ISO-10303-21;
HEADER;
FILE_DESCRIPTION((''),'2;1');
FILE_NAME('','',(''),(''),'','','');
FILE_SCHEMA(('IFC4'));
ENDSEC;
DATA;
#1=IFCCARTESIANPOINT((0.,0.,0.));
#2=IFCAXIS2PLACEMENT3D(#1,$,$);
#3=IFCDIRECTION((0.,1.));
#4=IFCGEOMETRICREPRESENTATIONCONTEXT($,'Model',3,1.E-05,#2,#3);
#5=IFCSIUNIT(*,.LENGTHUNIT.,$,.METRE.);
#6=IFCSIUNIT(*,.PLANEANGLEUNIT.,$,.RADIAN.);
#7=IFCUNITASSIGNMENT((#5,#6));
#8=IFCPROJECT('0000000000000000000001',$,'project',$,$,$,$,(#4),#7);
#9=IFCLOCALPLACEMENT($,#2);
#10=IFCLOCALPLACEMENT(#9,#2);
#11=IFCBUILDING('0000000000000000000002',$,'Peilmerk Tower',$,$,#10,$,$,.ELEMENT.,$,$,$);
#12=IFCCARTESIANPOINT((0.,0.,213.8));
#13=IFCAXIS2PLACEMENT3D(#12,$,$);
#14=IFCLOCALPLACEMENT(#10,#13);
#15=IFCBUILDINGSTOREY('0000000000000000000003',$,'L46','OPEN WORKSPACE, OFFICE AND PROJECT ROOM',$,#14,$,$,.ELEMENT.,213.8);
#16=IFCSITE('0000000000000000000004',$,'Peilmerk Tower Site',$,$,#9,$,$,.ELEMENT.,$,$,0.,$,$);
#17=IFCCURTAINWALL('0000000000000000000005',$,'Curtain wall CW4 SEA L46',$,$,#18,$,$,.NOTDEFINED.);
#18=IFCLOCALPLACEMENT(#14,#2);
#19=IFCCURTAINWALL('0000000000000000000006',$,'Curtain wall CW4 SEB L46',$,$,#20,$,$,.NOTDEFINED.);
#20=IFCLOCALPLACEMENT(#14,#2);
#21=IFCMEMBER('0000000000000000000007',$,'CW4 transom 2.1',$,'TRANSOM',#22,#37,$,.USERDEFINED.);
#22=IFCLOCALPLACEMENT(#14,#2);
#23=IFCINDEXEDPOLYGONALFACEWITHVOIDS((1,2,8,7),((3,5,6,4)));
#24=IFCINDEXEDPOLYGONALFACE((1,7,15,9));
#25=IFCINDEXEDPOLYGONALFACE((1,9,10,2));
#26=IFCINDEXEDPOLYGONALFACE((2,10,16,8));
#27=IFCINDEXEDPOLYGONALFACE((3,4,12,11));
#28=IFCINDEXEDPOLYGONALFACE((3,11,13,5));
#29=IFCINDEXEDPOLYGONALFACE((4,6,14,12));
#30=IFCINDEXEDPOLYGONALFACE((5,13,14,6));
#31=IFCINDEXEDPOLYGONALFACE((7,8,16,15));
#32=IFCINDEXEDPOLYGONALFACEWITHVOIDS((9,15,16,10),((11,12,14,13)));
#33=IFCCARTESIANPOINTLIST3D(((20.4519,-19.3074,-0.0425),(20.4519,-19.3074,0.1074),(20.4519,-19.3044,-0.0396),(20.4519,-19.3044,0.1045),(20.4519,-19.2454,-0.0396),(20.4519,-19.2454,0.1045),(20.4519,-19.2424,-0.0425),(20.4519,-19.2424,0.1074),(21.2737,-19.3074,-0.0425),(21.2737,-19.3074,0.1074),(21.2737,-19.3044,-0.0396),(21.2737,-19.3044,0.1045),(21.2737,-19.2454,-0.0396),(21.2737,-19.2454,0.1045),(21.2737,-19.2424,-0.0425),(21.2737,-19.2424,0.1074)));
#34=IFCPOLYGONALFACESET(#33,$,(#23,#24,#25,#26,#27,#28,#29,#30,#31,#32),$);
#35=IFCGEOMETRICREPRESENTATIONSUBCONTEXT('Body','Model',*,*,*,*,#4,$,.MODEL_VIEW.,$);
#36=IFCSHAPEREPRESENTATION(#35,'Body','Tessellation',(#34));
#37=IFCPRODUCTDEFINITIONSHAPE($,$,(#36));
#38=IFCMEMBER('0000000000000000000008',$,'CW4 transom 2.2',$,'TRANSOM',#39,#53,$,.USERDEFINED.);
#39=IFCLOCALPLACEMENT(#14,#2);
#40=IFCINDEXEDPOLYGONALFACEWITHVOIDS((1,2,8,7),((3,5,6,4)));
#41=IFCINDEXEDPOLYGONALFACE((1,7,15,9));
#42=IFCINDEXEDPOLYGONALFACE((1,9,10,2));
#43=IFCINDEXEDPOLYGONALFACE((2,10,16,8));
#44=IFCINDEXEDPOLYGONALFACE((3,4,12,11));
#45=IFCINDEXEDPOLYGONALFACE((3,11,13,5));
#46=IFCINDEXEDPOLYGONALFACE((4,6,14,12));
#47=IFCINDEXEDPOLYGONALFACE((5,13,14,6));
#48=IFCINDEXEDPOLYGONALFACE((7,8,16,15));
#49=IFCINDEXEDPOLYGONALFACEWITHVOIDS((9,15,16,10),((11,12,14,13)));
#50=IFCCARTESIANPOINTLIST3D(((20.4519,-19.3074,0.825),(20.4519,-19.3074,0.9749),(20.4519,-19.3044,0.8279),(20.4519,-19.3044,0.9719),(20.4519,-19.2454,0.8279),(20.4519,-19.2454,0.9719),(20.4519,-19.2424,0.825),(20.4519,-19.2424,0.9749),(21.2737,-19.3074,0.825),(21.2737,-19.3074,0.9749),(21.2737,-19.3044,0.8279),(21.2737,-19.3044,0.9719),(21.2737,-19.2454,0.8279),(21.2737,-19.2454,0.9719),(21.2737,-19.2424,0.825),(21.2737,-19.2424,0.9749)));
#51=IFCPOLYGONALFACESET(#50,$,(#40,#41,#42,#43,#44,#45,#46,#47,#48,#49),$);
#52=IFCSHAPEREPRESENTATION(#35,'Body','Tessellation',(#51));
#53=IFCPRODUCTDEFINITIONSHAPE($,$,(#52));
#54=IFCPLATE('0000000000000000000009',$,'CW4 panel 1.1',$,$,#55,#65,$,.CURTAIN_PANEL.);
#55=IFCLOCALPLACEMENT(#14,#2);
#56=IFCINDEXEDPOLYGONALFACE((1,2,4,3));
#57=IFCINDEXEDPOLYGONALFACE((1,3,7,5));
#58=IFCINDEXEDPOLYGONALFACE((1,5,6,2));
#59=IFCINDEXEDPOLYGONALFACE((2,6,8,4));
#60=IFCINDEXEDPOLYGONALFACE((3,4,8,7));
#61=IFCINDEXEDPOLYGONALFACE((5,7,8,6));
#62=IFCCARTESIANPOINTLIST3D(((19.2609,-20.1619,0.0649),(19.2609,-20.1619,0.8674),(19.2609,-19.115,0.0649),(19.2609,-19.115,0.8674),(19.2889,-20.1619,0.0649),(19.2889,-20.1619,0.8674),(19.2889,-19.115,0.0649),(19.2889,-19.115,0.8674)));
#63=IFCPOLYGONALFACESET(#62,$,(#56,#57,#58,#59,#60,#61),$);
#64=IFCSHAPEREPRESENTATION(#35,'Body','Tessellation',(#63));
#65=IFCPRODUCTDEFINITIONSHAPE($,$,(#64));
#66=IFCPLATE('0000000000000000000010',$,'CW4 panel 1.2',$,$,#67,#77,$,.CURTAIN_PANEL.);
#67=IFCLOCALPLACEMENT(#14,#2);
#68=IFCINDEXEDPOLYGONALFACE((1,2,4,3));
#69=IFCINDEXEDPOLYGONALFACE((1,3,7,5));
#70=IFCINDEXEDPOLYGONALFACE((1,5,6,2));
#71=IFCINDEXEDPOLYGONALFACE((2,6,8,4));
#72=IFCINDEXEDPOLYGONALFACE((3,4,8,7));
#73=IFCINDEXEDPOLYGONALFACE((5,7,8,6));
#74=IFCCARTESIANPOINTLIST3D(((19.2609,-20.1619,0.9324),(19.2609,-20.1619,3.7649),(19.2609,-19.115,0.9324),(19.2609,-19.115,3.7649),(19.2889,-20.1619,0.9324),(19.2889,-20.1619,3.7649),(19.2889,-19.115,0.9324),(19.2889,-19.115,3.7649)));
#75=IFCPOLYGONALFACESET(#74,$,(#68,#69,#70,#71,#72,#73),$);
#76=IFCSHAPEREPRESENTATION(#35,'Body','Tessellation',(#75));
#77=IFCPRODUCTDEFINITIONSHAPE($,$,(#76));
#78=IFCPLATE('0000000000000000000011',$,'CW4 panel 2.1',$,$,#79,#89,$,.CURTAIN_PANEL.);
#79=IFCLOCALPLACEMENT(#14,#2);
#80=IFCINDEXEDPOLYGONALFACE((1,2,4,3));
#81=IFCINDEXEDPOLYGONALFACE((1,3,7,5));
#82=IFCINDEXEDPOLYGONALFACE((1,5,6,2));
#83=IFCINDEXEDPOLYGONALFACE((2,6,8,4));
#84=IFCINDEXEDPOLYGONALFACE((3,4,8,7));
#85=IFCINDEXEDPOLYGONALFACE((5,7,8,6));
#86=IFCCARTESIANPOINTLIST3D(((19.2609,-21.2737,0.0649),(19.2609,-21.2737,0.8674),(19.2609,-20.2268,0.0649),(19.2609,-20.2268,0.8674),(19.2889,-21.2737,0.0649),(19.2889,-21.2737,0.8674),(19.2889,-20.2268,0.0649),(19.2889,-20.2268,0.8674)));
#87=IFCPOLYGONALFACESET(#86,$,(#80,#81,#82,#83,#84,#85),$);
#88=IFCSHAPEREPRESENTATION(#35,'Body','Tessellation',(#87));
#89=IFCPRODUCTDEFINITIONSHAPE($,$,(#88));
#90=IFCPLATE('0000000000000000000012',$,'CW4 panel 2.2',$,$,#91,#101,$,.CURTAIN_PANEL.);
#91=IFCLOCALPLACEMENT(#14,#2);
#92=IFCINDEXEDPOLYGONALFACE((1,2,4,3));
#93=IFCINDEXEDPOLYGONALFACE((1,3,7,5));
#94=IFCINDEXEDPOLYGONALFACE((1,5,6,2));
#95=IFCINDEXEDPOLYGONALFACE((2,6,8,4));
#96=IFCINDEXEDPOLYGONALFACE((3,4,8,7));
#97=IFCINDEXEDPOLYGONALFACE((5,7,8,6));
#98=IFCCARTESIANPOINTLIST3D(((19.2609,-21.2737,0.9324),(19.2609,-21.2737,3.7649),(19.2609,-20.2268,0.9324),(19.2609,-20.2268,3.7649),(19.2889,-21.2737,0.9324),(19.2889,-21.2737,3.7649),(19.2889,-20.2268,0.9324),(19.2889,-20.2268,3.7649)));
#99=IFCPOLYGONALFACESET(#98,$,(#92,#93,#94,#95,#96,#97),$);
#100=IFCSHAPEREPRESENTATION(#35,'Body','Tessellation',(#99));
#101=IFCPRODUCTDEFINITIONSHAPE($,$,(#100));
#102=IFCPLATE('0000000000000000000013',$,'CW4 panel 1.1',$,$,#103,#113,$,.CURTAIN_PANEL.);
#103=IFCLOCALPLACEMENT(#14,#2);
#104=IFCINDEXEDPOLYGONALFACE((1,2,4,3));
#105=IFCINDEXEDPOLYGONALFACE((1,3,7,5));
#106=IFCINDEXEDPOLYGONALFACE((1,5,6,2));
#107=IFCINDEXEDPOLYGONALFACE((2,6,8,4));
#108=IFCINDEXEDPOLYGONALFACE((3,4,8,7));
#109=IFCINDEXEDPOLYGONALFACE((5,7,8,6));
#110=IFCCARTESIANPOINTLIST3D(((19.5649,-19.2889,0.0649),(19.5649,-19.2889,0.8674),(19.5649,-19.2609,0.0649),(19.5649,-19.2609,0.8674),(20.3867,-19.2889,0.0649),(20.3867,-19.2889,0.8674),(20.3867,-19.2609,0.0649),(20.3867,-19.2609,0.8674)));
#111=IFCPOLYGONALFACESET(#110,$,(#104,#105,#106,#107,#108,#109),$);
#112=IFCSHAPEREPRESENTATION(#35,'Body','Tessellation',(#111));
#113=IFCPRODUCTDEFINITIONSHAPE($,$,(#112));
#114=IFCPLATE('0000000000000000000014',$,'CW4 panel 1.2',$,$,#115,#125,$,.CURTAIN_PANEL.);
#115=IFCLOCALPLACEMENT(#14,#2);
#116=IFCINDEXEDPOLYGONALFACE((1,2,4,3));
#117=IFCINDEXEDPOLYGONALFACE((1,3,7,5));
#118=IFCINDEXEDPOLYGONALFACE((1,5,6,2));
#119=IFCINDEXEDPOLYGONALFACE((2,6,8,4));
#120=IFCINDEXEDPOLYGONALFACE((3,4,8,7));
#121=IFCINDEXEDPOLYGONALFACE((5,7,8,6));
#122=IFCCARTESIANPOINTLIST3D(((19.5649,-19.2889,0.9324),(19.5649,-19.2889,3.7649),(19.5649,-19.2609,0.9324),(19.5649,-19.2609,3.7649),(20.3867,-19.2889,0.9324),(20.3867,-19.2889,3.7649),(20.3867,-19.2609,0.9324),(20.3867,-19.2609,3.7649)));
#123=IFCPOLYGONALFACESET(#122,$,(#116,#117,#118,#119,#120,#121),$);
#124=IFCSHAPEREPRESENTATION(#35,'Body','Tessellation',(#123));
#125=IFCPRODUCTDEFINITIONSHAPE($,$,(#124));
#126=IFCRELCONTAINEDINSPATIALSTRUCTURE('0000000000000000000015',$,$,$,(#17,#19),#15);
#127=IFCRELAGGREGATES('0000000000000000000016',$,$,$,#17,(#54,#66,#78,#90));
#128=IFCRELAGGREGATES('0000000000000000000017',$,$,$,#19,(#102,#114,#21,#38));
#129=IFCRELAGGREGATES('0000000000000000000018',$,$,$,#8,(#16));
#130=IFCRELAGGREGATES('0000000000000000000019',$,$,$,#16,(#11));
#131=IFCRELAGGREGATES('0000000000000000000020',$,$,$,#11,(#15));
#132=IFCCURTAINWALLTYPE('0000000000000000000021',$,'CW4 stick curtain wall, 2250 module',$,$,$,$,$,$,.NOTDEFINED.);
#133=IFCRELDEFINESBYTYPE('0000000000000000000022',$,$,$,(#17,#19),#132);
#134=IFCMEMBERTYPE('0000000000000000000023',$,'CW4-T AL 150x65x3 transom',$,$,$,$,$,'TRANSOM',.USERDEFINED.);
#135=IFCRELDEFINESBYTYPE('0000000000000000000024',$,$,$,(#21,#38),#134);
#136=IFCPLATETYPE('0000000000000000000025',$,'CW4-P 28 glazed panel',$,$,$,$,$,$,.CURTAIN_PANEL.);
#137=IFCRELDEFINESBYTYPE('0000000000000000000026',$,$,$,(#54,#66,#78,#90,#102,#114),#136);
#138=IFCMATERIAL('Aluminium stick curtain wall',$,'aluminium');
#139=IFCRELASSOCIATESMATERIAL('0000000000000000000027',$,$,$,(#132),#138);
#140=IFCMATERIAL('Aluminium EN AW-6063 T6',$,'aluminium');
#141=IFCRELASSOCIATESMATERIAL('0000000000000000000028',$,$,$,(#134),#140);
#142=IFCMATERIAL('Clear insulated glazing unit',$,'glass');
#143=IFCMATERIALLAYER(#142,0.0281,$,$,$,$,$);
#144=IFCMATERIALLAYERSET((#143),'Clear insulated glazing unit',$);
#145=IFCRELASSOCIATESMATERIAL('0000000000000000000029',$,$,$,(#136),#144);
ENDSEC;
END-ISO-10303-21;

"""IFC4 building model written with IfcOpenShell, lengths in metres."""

from ifc_helpers import new_model, si_unit, direction, frame, origin, origin_2d, place, context, subcontext, project, spatial, rectangle, hollow_rectangle, extrude, material, layer, layer_set, material_profile, profile_set, type_object, element, aggregate, save


model = new_model("IFC4")

# Units and contexts
model_context = context("Model", 3, precision=1e-05, world=origin(), true_north=direction((0.0, 1.0)))
body_context = subcontext(model_context, "Body", "Model", "MODEL_VIEW")
ifc_project = project(units=[si_unit("LENGTHUNIT", "METRE"), si_unit("PLANEANGLEUNIT", "RADIAN")], contexts=[model_context])

# Site, building, storey
site_placement = place(None, origin())
site = spatial("IfcSite", under=ifc_project, at=site_placement, Name="Peilmerk Tower Site", CompositionType="ELEMENT", RefElevation=0.0)
building_placement = place(site_placement, origin())
building = spatial("IfcBuilding", under=site, at=building_placement, Name="Peilmerk Tower", CompositionType="ELEMENT")
storey_placement = place(building_placement, frame((0.0, 0.0, 213.8)))
storey = spatial("IfcBuildingStorey", under=building, at=storey_placement, Name="L46", Description="OPEN WORKSPACE, OFFICE AND PROJECT ROOM", CompositionType="ELEMENT", Elevation=213.8)

# Curtain walls
ifc_material_1 = material(Name="Aluminium stick curtain wall", Category="aluminium")
curtain_wall_type = type_object("IfcCurtainWallType", Name="CW4 stick curtain wall, 2250 module", PredefinedType="NOTDEFINED", material=ifc_material_1)
curtain_wall_1_placement = place(storey_placement, origin())
curtain_wall_1 = element("IfcCurtainWall", 1, at=curtain_wall_1_placement, inside=storey, type_object=curtain_wall_type, Name="Curtain wall CW4 SEA L46", PredefinedType="NOTDEFINED")
ifc_material_2 = material(Name="Aluminium EN AW-6063 T6", Category="aluminium")
curtain_wall_2_placement = place(storey_placement, origin())
curtain_wall_2 = element("IfcCurtainWall", 2, at=curtain_wall_2_placement, inside=storey, type_object=curtain_wall_type, Name="Curtain wall CW4 SEB L46", PredefinedType="NOTDEFINED")

# Members
ifc_material_profile_1 = material_profile(ifc_material_2, hollow_rectangle(XDim=0.0649, YDim=0.1499, WallThickness=0.0029, at=origin_2d()), Name="AL 150x65x3")
ifc_profile_set_1 = profile_set([ifc_material_profile_1], Name="Aluminium EN AW-6063 T6")
member_type_1 = type_object("IfcMemberType", Name="CW4-T AL 150x65x3 transom", ElementType="TRANSOM", PredefinedType="USERDEFINED", material=ifc_profile_set_1)
member_1_placement = place(storey_placement, frame((20.4519, -19.2749, 0.0325), z_axis=(1.0, 0.0, 0.0), x_axis=(0.0, 1.0, 0.0)))
member_1 = element("IfcMember", 3, at=member_1_placement, type_object=member_type_1, Name="CW4 transom 2.1", ObjectType="TRANSOM", PredefinedType="USERDEFINED", context=body_context, shape_type="SweptSolid", body=[
    extrude(hollow_rectangle(XDim=0.0649, YDim=0.1499, WallThickness=0.0029, at=origin_2d()), origin(), (0.0, 0.0, 1.0), 0.8218),
])
member_2_placement = place(storey_placement, frame((20.4519, -19.2749, 0.8999), z_axis=(1.0, 0.0, 0.0), x_axis=(0.0, 1.0, 0.0)))
member_2 = element("IfcMember", 4, at=member_2_placement, type_object=member_type_1, Name="CW4 transom 2.2", ObjectType="TRANSOM", PredefinedType="USERDEFINED", context=body_context, shape_type="SweptSolid", body=[
    extrude(hollow_rectangle(XDim=0.0649, YDim=0.1499, WallThickness=0.0029, at=origin_2d()), origin(), (0.0, 0.0, 1.0), 0.8218),
])

# Plates
ifc_material_3 = material(Name="Clear insulated glazing unit", Category="glass")
ifc_layer_1 = layer(ifc_material_3, 0.0281)
ifc_layer_set_1 = layer_set([ifc_layer_1], Name="Clear insulated glazing unit")
plate_type = type_object("IfcPlateType", Name="CW4-P 28 glazed panel", PredefinedType="CURTAIN_PANEL", material=ifc_layer_set_1)
plate_1_placement = place(storey_placement, frame((19.2749, -19.6384, 0.0649), z_axis=(0.0, 0.0, 1.0), x_axis=(0.0, -1.0, 0.0)))
plate_1 = element("IfcPlate", 5, at=plate_1_placement, type_object=plate_type, Name="CW4 panel 1.1", PredefinedType="CURTAIN_PANEL", context=body_context, shape_type="SweptSolid", body=[
    extrude(rectangle(XDim=1.0469, YDim=0.0281, at=origin_2d()), origin(), (0.0, 0.0, 1.0), 0.8025),
])
plate_2_placement = place(storey_placement, frame((19.2749, -19.6384, 0.9324), z_axis=(0.0, 0.0, 1.0), x_axis=(0.0, -1.0, 0.0)))
plate_2 = element("IfcPlate", 6, at=plate_2_placement, type_object=plate_type, Name="CW4 panel 1.2", PredefinedType="CURTAIN_PANEL", context=body_context, shape_type="SweptSolid", body=[
    extrude(rectangle(XDim=1.0469, YDim=0.0281, at=origin_2d()), origin(), (0.0, 0.0, 1.0), 2.8325),
])
plate_3_placement = place(storey_placement, frame((19.2749, -20.7502, 0.0649), z_axis=(0.0, 0.0, 1.0), x_axis=(0.0, -1.0, 0.0)))
plate_3 = element("IfcPlate", 7, at=plate_3_placement, type_object=plate_type, Name="CW4 panel 2.1", PredefinedType="CURTAIN_PANEL", context=body_context, shape_type="SweptSolid", body=[
    extrude(rectangle(XDim=1.0469, YDim=0.0281, at=origin_2d()), origin(), (0.0, 0.0, 1.0), 0.8025),
])
plate_4_placement = place(storey_placement, frame((19.2749, -20.7502, 0.9324), z_axis=(0.0, 0.0, 1.0), x_axis=(0.0, -1.0, 0.0)))
plate_4 = element("IfcPlate", 8, at=plate_4_placement, type_object=plate_type, Name="CW4 panel 2.2", PredefinedType="CURTAIN_PANEL", context=body_context, shape_type="SweptSolid", body=[
    extrude(rectangle(XDim=1.0469, YDim=0.0281, at=origin_2d()), origin(), (0.0, 0.0, 1.0), 2.8325),
])
aggregate(curtain_wall_1, [plate_1, plate_2, plate_3, plate_4])
plate_5_placement = place(storey_placement, frame((19.9758, -19.2749, 0.0649), z_axis=(0.0, 0.0, 1.0), x_axis=(1.0, 0.0, 0.0)))
plate_5 = element("IfcPlate", 9, at=plate_5_placement, type_object=plate_type, Name="CW4 panel 1.1", PredefinedType="CURTAIN_PANEL", context=body_context, shape_type="SweptSolid", body=[
    extrude(rectangle(XDim=0.8218, YDim=0.0281, at=origin_2d()), origin(), (0.0, 0.0, 1.0), 0.8025),
])
plate_6_placement = place(storey_placement, frame((19.9758, -19.2749, 0.9324), z_axis=(0.0, 0.0, 1.0), x_axis=(1.0, 0.0, 0.0)))
plate_6 = element("IfcPlate", 10, at=plate_6_placement, type_object=plate_type, Name="CW4 panel 1.2", PredefinedType="CURTAIN_PANEL", context=body_context, shape_type="SweptSolid", body=[
    extrude(rectangle(XDim=0.8218, YDim=0.0281, at=origin_2d()), origin(), (0.0, 0.0, 1.0), 2.8325),
])
aggregate(curtain_wall_2, [plate_5, plate_6, member_1, member_2])

save(model, "model.ifc")
